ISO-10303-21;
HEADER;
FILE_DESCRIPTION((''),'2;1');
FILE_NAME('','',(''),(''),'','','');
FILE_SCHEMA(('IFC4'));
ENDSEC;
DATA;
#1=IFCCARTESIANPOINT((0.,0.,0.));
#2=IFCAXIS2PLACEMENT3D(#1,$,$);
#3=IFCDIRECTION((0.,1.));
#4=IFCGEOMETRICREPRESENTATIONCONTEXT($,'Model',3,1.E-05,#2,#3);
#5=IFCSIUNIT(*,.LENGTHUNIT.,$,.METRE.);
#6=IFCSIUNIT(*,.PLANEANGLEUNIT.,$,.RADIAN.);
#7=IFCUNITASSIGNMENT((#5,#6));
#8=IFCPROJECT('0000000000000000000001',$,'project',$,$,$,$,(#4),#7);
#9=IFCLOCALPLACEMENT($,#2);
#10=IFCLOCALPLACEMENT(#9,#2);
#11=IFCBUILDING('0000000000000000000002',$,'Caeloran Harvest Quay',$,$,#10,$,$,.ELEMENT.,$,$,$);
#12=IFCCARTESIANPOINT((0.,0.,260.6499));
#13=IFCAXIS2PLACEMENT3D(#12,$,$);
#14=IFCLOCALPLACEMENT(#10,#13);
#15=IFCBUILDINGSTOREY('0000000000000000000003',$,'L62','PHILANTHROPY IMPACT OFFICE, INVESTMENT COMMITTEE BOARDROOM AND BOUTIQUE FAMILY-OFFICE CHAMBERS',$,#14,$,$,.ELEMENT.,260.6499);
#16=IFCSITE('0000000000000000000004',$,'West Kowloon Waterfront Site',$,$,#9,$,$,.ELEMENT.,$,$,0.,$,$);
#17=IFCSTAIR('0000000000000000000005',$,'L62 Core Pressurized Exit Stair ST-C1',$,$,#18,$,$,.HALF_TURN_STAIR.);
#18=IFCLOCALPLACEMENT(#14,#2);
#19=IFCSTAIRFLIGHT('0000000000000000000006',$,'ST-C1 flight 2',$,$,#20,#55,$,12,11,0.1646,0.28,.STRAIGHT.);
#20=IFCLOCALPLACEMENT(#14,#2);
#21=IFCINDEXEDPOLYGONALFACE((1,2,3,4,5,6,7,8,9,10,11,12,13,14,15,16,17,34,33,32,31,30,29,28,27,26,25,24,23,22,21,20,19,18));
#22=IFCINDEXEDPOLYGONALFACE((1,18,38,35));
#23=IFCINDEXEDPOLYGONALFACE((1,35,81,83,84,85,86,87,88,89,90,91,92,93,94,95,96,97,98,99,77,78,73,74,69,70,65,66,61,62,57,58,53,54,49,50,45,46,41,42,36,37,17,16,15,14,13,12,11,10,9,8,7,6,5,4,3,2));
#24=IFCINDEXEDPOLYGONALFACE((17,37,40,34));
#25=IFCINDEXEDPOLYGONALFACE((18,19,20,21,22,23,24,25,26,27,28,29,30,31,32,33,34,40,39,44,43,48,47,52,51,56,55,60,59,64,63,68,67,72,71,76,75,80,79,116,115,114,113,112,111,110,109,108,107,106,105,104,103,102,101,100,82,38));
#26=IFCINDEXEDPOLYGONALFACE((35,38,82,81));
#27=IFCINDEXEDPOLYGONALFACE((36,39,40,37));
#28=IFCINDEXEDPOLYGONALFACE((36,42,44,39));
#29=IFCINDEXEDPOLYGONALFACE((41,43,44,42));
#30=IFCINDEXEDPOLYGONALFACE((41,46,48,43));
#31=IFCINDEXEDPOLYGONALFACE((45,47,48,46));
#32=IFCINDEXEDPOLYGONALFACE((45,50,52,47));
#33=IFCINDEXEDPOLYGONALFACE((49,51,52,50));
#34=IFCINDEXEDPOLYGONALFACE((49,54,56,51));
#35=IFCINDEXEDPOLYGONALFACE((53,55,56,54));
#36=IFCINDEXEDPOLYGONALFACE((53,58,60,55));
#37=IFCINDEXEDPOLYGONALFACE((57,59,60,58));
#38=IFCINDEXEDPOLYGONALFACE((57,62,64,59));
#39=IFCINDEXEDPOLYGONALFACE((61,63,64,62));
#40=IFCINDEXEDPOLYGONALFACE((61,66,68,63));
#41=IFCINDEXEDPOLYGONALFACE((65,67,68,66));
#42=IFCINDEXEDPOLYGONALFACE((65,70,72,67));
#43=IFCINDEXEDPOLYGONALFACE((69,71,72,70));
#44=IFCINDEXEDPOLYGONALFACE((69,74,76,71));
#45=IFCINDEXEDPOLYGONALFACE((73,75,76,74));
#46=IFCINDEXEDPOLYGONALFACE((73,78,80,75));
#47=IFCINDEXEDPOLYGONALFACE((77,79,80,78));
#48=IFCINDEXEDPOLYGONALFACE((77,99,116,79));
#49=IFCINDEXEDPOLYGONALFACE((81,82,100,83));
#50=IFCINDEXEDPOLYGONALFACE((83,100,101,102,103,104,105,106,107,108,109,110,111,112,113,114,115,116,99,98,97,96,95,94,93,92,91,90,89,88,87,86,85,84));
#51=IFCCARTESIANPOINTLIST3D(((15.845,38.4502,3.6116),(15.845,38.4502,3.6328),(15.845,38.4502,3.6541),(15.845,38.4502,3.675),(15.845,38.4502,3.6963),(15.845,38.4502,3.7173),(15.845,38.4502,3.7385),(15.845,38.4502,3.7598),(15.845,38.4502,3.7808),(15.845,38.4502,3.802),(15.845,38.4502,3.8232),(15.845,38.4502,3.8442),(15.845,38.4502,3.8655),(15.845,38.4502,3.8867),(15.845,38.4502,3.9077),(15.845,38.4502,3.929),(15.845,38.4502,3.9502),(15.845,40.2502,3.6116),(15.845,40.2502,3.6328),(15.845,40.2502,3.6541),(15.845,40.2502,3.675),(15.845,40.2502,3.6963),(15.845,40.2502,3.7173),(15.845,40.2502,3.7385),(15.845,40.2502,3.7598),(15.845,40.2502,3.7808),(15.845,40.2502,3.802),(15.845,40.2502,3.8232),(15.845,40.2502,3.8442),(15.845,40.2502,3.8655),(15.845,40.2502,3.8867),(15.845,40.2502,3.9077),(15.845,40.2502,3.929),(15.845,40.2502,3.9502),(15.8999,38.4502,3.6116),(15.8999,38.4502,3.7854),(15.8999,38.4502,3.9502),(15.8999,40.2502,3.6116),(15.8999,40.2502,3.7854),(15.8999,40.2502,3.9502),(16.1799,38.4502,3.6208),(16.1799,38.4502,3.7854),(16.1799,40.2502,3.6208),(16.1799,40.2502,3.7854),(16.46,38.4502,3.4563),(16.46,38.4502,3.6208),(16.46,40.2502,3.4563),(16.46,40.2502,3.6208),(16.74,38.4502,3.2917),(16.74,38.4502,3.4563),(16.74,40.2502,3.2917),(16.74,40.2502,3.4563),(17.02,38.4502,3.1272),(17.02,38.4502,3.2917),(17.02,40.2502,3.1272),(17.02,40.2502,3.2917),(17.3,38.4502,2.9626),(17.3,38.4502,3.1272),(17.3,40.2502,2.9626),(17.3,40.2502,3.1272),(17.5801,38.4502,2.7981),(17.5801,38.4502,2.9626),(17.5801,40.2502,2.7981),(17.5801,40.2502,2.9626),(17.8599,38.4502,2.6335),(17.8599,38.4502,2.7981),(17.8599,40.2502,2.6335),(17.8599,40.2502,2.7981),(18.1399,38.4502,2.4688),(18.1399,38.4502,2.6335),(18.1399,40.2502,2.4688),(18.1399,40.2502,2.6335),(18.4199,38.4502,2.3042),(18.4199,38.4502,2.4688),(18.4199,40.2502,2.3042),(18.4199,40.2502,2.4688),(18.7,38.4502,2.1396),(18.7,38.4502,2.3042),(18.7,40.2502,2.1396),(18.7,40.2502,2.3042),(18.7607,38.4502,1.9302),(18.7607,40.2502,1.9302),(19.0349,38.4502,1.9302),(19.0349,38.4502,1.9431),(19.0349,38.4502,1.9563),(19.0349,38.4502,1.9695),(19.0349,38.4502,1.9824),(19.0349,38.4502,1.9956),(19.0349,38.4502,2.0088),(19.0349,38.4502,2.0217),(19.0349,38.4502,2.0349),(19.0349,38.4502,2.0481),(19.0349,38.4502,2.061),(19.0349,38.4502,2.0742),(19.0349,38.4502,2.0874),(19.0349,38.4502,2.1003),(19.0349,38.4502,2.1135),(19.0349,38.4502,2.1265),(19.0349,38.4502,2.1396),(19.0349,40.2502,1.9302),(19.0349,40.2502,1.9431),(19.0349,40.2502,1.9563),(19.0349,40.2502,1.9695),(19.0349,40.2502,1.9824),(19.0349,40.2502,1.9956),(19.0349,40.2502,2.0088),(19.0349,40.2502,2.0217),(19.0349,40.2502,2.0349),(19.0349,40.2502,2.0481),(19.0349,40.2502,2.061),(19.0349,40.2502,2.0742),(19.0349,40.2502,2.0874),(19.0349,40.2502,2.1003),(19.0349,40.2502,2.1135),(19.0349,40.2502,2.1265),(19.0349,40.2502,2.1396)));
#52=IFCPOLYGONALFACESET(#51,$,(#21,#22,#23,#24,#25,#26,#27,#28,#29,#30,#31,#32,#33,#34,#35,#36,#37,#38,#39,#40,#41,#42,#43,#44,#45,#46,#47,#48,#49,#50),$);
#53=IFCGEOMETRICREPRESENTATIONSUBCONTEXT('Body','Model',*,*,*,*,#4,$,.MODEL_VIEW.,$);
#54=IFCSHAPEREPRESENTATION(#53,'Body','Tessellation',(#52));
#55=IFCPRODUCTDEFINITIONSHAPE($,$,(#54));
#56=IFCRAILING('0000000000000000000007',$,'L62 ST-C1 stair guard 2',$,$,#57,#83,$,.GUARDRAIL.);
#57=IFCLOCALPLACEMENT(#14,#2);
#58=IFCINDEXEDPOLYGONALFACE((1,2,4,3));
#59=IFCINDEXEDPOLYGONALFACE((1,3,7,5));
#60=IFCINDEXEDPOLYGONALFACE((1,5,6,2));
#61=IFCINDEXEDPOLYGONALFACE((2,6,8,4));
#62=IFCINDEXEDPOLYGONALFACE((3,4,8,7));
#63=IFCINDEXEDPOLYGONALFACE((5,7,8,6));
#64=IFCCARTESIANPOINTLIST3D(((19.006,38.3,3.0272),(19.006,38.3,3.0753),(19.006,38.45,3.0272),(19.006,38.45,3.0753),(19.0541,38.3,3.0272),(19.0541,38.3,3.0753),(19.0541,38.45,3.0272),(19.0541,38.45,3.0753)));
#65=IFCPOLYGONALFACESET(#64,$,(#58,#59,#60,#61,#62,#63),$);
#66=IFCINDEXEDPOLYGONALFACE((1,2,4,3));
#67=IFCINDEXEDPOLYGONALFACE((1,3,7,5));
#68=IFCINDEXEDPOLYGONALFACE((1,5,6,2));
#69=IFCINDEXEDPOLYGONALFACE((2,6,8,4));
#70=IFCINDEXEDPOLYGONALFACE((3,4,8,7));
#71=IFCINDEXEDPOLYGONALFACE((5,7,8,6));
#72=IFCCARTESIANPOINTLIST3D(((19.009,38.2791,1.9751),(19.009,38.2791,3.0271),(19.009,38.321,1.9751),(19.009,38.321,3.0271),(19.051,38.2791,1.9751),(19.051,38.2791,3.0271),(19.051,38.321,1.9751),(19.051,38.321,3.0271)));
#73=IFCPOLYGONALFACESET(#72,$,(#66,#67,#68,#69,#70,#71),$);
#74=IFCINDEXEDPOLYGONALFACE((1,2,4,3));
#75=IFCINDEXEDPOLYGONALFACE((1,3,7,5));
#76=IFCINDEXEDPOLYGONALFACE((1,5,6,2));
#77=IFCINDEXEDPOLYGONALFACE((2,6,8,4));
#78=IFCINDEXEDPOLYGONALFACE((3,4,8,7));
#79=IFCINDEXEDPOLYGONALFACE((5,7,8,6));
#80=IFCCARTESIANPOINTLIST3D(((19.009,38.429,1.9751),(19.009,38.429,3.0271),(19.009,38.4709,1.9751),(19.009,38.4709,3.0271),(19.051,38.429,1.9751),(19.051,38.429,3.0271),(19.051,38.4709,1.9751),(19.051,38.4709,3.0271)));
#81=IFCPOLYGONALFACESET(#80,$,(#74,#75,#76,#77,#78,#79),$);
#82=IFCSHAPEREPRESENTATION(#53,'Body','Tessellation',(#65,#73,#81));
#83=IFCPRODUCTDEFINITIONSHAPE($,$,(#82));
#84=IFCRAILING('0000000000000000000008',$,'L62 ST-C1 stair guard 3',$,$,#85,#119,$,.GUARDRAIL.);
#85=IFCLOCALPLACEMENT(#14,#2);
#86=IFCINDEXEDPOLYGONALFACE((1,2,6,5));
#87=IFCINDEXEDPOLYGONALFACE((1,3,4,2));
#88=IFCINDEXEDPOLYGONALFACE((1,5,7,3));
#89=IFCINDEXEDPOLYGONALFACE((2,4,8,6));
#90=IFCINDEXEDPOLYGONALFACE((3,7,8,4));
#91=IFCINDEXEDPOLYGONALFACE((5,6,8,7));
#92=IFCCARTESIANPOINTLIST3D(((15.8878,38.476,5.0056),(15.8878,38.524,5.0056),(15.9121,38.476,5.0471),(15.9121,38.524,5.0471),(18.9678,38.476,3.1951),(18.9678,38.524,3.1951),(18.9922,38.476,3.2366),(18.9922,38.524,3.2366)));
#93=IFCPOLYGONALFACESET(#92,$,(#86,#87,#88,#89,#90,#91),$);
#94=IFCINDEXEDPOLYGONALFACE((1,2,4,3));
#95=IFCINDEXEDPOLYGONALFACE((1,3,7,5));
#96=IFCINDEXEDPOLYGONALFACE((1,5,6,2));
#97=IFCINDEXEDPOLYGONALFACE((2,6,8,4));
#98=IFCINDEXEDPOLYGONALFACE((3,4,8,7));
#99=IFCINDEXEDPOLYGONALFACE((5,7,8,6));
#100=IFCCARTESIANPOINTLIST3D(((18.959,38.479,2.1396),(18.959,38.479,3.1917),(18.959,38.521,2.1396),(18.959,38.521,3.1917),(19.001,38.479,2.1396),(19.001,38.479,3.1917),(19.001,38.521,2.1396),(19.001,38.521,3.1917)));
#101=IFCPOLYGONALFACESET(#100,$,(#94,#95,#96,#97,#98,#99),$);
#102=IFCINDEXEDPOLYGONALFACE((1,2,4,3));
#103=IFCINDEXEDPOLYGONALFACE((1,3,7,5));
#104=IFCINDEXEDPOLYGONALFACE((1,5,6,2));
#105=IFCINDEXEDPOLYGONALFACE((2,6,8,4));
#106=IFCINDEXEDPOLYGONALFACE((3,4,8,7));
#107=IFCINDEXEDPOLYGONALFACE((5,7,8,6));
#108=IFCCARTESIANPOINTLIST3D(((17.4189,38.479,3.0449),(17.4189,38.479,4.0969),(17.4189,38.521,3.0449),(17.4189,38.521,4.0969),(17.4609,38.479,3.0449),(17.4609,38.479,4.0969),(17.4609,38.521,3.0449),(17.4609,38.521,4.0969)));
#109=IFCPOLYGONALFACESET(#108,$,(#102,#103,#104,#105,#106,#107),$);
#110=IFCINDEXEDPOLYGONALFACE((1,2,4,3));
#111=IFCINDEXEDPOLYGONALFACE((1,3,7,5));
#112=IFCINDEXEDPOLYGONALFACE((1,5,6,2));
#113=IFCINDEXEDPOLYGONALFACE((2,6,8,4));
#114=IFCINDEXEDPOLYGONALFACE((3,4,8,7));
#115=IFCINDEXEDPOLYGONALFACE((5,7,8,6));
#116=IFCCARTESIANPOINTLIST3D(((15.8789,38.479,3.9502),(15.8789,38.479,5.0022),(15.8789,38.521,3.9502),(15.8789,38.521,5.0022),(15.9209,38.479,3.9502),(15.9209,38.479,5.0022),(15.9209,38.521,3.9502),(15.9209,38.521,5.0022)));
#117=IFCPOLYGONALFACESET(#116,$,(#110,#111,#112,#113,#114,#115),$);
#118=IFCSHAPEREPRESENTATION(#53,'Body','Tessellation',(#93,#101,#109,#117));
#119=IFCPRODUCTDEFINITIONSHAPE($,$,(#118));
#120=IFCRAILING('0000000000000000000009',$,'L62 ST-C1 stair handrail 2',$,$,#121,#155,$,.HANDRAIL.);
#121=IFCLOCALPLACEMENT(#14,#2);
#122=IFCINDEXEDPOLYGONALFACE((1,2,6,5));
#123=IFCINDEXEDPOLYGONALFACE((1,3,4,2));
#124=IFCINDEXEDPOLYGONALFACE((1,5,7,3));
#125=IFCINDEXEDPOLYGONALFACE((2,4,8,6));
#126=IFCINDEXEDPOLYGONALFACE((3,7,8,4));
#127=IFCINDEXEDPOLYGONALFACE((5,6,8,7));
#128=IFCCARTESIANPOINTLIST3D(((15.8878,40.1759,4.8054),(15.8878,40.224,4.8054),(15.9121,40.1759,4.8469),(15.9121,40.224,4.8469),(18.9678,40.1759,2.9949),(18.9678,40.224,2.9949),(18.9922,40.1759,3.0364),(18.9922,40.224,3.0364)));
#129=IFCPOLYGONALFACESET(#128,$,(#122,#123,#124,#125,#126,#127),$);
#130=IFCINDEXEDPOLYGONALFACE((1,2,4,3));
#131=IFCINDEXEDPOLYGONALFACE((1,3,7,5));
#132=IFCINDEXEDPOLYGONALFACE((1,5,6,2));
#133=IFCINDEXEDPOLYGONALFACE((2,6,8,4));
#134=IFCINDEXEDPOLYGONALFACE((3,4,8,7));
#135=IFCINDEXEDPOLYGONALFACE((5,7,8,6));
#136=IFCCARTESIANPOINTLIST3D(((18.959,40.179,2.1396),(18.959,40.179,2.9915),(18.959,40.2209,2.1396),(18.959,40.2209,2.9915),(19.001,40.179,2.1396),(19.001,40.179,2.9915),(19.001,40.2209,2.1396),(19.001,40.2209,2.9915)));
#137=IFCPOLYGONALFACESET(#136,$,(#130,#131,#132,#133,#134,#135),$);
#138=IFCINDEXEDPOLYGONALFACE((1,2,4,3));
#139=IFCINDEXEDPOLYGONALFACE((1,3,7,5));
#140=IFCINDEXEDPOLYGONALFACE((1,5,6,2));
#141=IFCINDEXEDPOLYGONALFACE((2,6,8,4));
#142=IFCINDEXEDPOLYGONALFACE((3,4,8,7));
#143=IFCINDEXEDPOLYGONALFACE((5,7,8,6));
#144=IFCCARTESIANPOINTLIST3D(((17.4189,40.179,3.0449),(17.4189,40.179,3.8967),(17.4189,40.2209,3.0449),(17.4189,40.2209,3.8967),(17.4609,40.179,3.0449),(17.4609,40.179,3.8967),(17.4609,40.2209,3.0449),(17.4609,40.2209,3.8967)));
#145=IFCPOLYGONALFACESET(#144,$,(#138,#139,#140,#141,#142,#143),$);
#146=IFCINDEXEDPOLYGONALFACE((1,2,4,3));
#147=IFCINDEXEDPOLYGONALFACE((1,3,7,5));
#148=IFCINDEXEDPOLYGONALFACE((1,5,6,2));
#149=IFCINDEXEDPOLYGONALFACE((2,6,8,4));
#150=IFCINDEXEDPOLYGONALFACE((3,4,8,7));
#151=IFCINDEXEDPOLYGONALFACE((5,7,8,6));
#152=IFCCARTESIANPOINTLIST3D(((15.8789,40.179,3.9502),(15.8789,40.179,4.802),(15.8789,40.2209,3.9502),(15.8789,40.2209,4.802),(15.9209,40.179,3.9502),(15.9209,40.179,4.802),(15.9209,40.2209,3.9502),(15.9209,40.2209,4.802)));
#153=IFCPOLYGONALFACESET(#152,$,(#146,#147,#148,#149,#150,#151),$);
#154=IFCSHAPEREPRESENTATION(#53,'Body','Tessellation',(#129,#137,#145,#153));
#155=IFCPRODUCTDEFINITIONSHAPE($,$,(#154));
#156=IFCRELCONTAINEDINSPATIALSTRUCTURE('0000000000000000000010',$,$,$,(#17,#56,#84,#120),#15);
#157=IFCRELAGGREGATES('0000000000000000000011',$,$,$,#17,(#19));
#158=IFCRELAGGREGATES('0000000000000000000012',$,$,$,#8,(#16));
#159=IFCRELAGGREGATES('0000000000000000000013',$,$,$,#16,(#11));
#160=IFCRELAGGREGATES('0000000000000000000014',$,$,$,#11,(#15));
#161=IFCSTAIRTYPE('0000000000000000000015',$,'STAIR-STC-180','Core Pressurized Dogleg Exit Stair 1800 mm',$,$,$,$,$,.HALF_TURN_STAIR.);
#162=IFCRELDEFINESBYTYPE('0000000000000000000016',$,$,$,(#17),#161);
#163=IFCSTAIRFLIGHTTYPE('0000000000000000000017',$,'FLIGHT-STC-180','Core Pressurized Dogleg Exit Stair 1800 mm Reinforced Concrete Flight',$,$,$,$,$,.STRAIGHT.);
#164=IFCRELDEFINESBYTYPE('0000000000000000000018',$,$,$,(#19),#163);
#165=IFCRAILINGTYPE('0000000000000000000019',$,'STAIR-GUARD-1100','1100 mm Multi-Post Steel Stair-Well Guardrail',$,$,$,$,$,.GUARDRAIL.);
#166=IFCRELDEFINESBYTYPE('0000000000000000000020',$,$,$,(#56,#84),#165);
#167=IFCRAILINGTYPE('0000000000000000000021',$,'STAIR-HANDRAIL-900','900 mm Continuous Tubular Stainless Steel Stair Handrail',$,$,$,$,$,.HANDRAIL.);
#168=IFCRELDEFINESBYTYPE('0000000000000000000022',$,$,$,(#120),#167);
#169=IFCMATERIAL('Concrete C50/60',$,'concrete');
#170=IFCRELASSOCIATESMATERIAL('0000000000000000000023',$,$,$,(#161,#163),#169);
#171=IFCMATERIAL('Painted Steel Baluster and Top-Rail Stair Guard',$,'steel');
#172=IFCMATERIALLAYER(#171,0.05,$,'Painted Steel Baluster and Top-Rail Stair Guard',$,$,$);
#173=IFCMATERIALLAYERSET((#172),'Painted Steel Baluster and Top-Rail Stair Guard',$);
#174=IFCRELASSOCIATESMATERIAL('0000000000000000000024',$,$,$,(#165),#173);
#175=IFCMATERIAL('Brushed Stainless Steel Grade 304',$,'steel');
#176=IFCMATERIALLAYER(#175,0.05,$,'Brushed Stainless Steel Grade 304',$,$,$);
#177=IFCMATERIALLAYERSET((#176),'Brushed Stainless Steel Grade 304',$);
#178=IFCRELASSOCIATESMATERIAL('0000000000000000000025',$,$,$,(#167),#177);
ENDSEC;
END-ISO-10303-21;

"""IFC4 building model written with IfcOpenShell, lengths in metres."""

from ifc_helpers import new_model, si_unit, direction, frame, origin, origin_2d, place, context, subcontext, project, spatial, polyline, rectangle, outline, extrude, material, layer, layer_set, type_object, element, aggregate, save


model = new_model("IFC4")

# Units and contexts
model_context = context("Model", 3, precision=1e-05, world=origin(), true_north=direction((0.0, 1.0)))
body_context = subcontext(model_context, "Body", "Model", "MODEL_VIEW")
ifc_project = project(units=[si_unit("LENGTHUNIT", "METRE"), si_unit("PLANEANGLEUNIT", "RADIAN")], contexts=[model_context])

# Site, building, storey
site_placement = place(None, origin())
site = spatial("IfcSite", under=ifc_project, at=site_placement, Name="West Kowloon Waterfront Site", CompositionType="ELEMENT", RefElevation=0.0)
building_placement = place(site_placement, origin())
building = spatial("IfcBuilding", under=site, at=building_placement, Name="Caeloran Harvest Quay", CompositionType="ELEMENT")
storey_placement = place(building_placement, frame((0.0, 0.0, 260.6499)))
storey = spatial("IfcBuildingStorey", under=building, at=storey_placement, Name="L62", Description="PHILANTHROPY IMPACT OFFICE, INVESTMENT COMMITTEE BOARDROOM AND BOUTIQUE FAMILY-OFFICE CHAMBERS", CompositionType="ELEMENT", Elevation=260.6499)

# Shared definitions
ifc_material_1 = material(Name="Concrete C50/60", Category="concrete")

# Stair, stair flight
stair_type = type_object("IfcStairType", Name="STAIR-STC-180", Description="Core Pressurized Dogleg Exit Stair 1800 mm", PredefinedType="HALF_TURN_STAIR", material=ifc_material_1)
stair_placement = place(storey_placement, origin())
stair = element("IfcStair", 1, at=stair_placement, inside=storey, type_object=stair_type, Name="L62 Core Pressurized Exit Stair ST-C1", PredefinedType="HALF_TURN_STAIR")
stair_flight_type = type_object("IfcStairFlightType", Name="FLIGHT-STC-180", Description="Core Pressurized Dogleg Exit Stair 1800 mm Reinforced Concrete Flight", PredefinedType="STRAIGHT", material=ifc_material_1)
stair_flight_placement = place(storey_placement, frame((18.98, 39.3501, 1.9751), z_axis=(0.0, 0.0, 1.0), x_axis=(-1.0, 0.0, 0.0)))
stair_flight = element("IfcStairFlight", 2, at=stair_flight_placement, type_object=stair_flight_type, Name="ST-C1 flight 2", NumberOfRisers=12, NumberOfTreads=11, PredefinedType="STRAIGHT", RiserHeight=0.1646, TreadLength=0.28, context=body_context, shape_type="SweptSolid", body=[
    extrude(outline(polyline([(-0.0549, -0.0449), (-0.0549, -0.032), (-0.0549, -0.0188), (-0.0549, -0.0056), (-0.0549, 0.0073), (-0.0549, 0.0205), (-0.0549, 0.0337), (-0.0549, 0.0466), (-0.0549, 0.0598), (-0.0549, 0.073), (-0.0549, 0.0859), (-0.0549, 0.0991), (-0.0549, 0.1123), (-0.0549, 0.1252), (-0.0549, 0.1384), (-0.0549, 0.1514), (-0.0549, 0.1646), (0.28, 0.1646), (0.28, 0.3291), (0.5601, 0.3291), (0.5601, 0.4937), (0.8401, 0.4937), (0.8401, 0.6584), (1.1201, 0.6584), (1.1201, 0.823), (1.3999, 0.823), (1.3999, 0.9875), (1.6799, 0.9875), (1.6799, 1.1521), (1.96, 1.1521), (1.96, 1.3167), (2.24, 1.3167), (2.24, 1.4812), (2.52, 1.4812), (2.52, 1.6458), (2.8, 1.6458), (2.8, 1.8103), (3.0801, 1.8103), (3.0801, 1.9751), (3.135, 1.9751), (3.135, 1.9539), (3.135, 1.9326), (3.135, 1.9116), (3.135, 1.8904), (3.135, 1.8691), (3.135, 1.8481), (3.135, 1.8269), (3.135, 1.8057), (3.135, 1.7847), (3.135, 1.7634), (3.135, 1.7422), (3.135, 1.7212), (3.135, 1.7), (3.135, 1.679), (3.135, 1.6577), (3.135, 1.6365), (3.0801, 1.6365), (0.2192, -0.0449), (-0.0549, -0.0449)])), frame((0.0, 0.8999, 0.0), z_axis=(0.0, -1.0, 0.0), x_axis=(1.0, 0.0, 0.0)), (0.0, 0.0, 1.0), 1.8),
])
aggregate(stair, [stair_flight])

# Railings
ifc_material_2 = material(Name="Painted Steel Baluster and Top-Rail Stair Guard", Category="steel")
ifc_layer_1 = layer(ifc_material_2, 0.05, Name="Painted Steel Baluster and Top-Rail Stair Guard")
ifc_layer_set_1 = layer_set([ifc_layer_1], Name="Painted Steel Baluster and Top-Rail Stair Guard")
railing_type_1 = type_object("IfcRailingType", Name="STAIR-GUARD-1100", Description="1100 mm Multi-Post Steel Stair-Well Guardrail", PredefinedType="GUARDRAIL", material=ifc_layer_set_1)
railing_1_placement = place(storey_placement, frame((19.03, 38.3, 1.9751)))
element("IfcRailing", 3, at=railing_1_placement, inside=storey, type_object=railing_type_1, Name="L62 ST-C1 stair guard 2", PredefinedType="GUARDRAIL", context=body_context, shape_type="SweptSolid", body=[
    extrude(rectangle(XDim=0.0481, YDim=0.0481, at=origin_2d()), frame((0.0, 0.0, 1.0762), z_axis=(0.0, 1.0, 0.0), x_axis=(-1.0, 0.0, 0.0)), (0.0, 0.0, 1.0), 0.1499),
    extrude(rectangle(XDim=0.042, YDim=0.042, at=origin_2d()), origin(), (0.0, 0.0, 1.0), 1.052),
    extrude(rectangle(XDim=0.042, YDim=0.042, at=origin_2d()), frame((0.0, 0.1499, 0.0)), (0.0, 0.0, 1.0), 1.052),
])
railing_2_placement = place(storey_placement, frame((18.98, 38.5, 2.1396)))
element("IfcRailing", 4, at=railing_2_placement, inside=storey, type_object=railing_type_1, Name="L62 ST-C1 stair guard 3", PredefinedType="GUARDRAIL", context=body_context, shape_type="SweptSolid", body=[
    extrude(rectangle(XDim=0.0481, YDim=0.0481, at=origin_2d()), frame((0.0, 0.0, 1.0762), z_axis=(-0.862089, 0.0, 0.506757), x_axis=(0.0, -1.0, 0.0)), (0.0, 0.0, 1.0), 3.5728),
    extrude(rectangle(XDim=0.042, YDim=0.042, at=origin_2d()), origin(), (0.0, 0.0, 1.0), 1.052),
    extrude(rectangle(XDim=0.042, YDim=0.042, at=origin_2d()), frame((-1.54, 0.0, 0.9053)), (0.0, 0.0, 1.0), 1.052),
    extrude(rectangle(XDim=0.042, YDim=0.042, at=origin_2d()), frame((-3.0801, 0.0, 1.8105)), (0.0, 0.0, 1.0), 1.052),
])
ifc_material_3 = material(Name="Brushed Stainless Steel Grade 304", Category="steel")
ifc_layer_2 = layer(ifc_material_3, 0.05, Name="Brushed Stainless Steel Grade 304")
ifc_layer_set_2 = layer_set([ifc_layer_2], Name="Brushed Stainless Steel Grade 304")
railing_type_2 = type_object("IfcRailingType", Name="STAIR-HANDRAIL-900", Description="900 mm Continuous Tubular Stainless Steel Stair Handrail", PredefinedType="HANDRAIL", material=ifc_layer_set_2)
railing_3_placement = place(storey_placement, frame((18.98, 40.2, 2.1396)))
element("IfcRailing", 5, at=railing_3_placement, inside=storey, type_object=railing_type_2, Name="L62 ST-C1 stair handrail 2", PredefinedType="HANDRAIL", context=body_context, shape_type="SweptSolid", body=[
    extrude(rectangle(XDim=0.0481, YDim=0.0481, at=origin_2d()), frame((0.0, 0.0, 0.876), z_axis=(-0.862089, 0.0, 0.506757), x_axis=(0.0, -1.0, 0.0)), (0.0, 0.0, 1.0), 3.5728),
    extrude(rectangle(XDim=0.042, YDim=0.042, at=origin_2d()), origin(), (0.0, 0.0, 1.0), 0.8518),
    extrude(rectangle(XDim=0.042, YDim=0.042, at=origin_2d()), frame((-1.54, 0.0, 0.9053)), (0.0, 0.0, 1.0), 0.8518),
    extrude(rectangle(XDim=0.042, YDim=0.042, at=origin_2d()), frame((-3.0801, 0.0, 1.8105)), (0.0, 0.0, 1.0), 0.8518),
])

save(model, "model.ifc")
